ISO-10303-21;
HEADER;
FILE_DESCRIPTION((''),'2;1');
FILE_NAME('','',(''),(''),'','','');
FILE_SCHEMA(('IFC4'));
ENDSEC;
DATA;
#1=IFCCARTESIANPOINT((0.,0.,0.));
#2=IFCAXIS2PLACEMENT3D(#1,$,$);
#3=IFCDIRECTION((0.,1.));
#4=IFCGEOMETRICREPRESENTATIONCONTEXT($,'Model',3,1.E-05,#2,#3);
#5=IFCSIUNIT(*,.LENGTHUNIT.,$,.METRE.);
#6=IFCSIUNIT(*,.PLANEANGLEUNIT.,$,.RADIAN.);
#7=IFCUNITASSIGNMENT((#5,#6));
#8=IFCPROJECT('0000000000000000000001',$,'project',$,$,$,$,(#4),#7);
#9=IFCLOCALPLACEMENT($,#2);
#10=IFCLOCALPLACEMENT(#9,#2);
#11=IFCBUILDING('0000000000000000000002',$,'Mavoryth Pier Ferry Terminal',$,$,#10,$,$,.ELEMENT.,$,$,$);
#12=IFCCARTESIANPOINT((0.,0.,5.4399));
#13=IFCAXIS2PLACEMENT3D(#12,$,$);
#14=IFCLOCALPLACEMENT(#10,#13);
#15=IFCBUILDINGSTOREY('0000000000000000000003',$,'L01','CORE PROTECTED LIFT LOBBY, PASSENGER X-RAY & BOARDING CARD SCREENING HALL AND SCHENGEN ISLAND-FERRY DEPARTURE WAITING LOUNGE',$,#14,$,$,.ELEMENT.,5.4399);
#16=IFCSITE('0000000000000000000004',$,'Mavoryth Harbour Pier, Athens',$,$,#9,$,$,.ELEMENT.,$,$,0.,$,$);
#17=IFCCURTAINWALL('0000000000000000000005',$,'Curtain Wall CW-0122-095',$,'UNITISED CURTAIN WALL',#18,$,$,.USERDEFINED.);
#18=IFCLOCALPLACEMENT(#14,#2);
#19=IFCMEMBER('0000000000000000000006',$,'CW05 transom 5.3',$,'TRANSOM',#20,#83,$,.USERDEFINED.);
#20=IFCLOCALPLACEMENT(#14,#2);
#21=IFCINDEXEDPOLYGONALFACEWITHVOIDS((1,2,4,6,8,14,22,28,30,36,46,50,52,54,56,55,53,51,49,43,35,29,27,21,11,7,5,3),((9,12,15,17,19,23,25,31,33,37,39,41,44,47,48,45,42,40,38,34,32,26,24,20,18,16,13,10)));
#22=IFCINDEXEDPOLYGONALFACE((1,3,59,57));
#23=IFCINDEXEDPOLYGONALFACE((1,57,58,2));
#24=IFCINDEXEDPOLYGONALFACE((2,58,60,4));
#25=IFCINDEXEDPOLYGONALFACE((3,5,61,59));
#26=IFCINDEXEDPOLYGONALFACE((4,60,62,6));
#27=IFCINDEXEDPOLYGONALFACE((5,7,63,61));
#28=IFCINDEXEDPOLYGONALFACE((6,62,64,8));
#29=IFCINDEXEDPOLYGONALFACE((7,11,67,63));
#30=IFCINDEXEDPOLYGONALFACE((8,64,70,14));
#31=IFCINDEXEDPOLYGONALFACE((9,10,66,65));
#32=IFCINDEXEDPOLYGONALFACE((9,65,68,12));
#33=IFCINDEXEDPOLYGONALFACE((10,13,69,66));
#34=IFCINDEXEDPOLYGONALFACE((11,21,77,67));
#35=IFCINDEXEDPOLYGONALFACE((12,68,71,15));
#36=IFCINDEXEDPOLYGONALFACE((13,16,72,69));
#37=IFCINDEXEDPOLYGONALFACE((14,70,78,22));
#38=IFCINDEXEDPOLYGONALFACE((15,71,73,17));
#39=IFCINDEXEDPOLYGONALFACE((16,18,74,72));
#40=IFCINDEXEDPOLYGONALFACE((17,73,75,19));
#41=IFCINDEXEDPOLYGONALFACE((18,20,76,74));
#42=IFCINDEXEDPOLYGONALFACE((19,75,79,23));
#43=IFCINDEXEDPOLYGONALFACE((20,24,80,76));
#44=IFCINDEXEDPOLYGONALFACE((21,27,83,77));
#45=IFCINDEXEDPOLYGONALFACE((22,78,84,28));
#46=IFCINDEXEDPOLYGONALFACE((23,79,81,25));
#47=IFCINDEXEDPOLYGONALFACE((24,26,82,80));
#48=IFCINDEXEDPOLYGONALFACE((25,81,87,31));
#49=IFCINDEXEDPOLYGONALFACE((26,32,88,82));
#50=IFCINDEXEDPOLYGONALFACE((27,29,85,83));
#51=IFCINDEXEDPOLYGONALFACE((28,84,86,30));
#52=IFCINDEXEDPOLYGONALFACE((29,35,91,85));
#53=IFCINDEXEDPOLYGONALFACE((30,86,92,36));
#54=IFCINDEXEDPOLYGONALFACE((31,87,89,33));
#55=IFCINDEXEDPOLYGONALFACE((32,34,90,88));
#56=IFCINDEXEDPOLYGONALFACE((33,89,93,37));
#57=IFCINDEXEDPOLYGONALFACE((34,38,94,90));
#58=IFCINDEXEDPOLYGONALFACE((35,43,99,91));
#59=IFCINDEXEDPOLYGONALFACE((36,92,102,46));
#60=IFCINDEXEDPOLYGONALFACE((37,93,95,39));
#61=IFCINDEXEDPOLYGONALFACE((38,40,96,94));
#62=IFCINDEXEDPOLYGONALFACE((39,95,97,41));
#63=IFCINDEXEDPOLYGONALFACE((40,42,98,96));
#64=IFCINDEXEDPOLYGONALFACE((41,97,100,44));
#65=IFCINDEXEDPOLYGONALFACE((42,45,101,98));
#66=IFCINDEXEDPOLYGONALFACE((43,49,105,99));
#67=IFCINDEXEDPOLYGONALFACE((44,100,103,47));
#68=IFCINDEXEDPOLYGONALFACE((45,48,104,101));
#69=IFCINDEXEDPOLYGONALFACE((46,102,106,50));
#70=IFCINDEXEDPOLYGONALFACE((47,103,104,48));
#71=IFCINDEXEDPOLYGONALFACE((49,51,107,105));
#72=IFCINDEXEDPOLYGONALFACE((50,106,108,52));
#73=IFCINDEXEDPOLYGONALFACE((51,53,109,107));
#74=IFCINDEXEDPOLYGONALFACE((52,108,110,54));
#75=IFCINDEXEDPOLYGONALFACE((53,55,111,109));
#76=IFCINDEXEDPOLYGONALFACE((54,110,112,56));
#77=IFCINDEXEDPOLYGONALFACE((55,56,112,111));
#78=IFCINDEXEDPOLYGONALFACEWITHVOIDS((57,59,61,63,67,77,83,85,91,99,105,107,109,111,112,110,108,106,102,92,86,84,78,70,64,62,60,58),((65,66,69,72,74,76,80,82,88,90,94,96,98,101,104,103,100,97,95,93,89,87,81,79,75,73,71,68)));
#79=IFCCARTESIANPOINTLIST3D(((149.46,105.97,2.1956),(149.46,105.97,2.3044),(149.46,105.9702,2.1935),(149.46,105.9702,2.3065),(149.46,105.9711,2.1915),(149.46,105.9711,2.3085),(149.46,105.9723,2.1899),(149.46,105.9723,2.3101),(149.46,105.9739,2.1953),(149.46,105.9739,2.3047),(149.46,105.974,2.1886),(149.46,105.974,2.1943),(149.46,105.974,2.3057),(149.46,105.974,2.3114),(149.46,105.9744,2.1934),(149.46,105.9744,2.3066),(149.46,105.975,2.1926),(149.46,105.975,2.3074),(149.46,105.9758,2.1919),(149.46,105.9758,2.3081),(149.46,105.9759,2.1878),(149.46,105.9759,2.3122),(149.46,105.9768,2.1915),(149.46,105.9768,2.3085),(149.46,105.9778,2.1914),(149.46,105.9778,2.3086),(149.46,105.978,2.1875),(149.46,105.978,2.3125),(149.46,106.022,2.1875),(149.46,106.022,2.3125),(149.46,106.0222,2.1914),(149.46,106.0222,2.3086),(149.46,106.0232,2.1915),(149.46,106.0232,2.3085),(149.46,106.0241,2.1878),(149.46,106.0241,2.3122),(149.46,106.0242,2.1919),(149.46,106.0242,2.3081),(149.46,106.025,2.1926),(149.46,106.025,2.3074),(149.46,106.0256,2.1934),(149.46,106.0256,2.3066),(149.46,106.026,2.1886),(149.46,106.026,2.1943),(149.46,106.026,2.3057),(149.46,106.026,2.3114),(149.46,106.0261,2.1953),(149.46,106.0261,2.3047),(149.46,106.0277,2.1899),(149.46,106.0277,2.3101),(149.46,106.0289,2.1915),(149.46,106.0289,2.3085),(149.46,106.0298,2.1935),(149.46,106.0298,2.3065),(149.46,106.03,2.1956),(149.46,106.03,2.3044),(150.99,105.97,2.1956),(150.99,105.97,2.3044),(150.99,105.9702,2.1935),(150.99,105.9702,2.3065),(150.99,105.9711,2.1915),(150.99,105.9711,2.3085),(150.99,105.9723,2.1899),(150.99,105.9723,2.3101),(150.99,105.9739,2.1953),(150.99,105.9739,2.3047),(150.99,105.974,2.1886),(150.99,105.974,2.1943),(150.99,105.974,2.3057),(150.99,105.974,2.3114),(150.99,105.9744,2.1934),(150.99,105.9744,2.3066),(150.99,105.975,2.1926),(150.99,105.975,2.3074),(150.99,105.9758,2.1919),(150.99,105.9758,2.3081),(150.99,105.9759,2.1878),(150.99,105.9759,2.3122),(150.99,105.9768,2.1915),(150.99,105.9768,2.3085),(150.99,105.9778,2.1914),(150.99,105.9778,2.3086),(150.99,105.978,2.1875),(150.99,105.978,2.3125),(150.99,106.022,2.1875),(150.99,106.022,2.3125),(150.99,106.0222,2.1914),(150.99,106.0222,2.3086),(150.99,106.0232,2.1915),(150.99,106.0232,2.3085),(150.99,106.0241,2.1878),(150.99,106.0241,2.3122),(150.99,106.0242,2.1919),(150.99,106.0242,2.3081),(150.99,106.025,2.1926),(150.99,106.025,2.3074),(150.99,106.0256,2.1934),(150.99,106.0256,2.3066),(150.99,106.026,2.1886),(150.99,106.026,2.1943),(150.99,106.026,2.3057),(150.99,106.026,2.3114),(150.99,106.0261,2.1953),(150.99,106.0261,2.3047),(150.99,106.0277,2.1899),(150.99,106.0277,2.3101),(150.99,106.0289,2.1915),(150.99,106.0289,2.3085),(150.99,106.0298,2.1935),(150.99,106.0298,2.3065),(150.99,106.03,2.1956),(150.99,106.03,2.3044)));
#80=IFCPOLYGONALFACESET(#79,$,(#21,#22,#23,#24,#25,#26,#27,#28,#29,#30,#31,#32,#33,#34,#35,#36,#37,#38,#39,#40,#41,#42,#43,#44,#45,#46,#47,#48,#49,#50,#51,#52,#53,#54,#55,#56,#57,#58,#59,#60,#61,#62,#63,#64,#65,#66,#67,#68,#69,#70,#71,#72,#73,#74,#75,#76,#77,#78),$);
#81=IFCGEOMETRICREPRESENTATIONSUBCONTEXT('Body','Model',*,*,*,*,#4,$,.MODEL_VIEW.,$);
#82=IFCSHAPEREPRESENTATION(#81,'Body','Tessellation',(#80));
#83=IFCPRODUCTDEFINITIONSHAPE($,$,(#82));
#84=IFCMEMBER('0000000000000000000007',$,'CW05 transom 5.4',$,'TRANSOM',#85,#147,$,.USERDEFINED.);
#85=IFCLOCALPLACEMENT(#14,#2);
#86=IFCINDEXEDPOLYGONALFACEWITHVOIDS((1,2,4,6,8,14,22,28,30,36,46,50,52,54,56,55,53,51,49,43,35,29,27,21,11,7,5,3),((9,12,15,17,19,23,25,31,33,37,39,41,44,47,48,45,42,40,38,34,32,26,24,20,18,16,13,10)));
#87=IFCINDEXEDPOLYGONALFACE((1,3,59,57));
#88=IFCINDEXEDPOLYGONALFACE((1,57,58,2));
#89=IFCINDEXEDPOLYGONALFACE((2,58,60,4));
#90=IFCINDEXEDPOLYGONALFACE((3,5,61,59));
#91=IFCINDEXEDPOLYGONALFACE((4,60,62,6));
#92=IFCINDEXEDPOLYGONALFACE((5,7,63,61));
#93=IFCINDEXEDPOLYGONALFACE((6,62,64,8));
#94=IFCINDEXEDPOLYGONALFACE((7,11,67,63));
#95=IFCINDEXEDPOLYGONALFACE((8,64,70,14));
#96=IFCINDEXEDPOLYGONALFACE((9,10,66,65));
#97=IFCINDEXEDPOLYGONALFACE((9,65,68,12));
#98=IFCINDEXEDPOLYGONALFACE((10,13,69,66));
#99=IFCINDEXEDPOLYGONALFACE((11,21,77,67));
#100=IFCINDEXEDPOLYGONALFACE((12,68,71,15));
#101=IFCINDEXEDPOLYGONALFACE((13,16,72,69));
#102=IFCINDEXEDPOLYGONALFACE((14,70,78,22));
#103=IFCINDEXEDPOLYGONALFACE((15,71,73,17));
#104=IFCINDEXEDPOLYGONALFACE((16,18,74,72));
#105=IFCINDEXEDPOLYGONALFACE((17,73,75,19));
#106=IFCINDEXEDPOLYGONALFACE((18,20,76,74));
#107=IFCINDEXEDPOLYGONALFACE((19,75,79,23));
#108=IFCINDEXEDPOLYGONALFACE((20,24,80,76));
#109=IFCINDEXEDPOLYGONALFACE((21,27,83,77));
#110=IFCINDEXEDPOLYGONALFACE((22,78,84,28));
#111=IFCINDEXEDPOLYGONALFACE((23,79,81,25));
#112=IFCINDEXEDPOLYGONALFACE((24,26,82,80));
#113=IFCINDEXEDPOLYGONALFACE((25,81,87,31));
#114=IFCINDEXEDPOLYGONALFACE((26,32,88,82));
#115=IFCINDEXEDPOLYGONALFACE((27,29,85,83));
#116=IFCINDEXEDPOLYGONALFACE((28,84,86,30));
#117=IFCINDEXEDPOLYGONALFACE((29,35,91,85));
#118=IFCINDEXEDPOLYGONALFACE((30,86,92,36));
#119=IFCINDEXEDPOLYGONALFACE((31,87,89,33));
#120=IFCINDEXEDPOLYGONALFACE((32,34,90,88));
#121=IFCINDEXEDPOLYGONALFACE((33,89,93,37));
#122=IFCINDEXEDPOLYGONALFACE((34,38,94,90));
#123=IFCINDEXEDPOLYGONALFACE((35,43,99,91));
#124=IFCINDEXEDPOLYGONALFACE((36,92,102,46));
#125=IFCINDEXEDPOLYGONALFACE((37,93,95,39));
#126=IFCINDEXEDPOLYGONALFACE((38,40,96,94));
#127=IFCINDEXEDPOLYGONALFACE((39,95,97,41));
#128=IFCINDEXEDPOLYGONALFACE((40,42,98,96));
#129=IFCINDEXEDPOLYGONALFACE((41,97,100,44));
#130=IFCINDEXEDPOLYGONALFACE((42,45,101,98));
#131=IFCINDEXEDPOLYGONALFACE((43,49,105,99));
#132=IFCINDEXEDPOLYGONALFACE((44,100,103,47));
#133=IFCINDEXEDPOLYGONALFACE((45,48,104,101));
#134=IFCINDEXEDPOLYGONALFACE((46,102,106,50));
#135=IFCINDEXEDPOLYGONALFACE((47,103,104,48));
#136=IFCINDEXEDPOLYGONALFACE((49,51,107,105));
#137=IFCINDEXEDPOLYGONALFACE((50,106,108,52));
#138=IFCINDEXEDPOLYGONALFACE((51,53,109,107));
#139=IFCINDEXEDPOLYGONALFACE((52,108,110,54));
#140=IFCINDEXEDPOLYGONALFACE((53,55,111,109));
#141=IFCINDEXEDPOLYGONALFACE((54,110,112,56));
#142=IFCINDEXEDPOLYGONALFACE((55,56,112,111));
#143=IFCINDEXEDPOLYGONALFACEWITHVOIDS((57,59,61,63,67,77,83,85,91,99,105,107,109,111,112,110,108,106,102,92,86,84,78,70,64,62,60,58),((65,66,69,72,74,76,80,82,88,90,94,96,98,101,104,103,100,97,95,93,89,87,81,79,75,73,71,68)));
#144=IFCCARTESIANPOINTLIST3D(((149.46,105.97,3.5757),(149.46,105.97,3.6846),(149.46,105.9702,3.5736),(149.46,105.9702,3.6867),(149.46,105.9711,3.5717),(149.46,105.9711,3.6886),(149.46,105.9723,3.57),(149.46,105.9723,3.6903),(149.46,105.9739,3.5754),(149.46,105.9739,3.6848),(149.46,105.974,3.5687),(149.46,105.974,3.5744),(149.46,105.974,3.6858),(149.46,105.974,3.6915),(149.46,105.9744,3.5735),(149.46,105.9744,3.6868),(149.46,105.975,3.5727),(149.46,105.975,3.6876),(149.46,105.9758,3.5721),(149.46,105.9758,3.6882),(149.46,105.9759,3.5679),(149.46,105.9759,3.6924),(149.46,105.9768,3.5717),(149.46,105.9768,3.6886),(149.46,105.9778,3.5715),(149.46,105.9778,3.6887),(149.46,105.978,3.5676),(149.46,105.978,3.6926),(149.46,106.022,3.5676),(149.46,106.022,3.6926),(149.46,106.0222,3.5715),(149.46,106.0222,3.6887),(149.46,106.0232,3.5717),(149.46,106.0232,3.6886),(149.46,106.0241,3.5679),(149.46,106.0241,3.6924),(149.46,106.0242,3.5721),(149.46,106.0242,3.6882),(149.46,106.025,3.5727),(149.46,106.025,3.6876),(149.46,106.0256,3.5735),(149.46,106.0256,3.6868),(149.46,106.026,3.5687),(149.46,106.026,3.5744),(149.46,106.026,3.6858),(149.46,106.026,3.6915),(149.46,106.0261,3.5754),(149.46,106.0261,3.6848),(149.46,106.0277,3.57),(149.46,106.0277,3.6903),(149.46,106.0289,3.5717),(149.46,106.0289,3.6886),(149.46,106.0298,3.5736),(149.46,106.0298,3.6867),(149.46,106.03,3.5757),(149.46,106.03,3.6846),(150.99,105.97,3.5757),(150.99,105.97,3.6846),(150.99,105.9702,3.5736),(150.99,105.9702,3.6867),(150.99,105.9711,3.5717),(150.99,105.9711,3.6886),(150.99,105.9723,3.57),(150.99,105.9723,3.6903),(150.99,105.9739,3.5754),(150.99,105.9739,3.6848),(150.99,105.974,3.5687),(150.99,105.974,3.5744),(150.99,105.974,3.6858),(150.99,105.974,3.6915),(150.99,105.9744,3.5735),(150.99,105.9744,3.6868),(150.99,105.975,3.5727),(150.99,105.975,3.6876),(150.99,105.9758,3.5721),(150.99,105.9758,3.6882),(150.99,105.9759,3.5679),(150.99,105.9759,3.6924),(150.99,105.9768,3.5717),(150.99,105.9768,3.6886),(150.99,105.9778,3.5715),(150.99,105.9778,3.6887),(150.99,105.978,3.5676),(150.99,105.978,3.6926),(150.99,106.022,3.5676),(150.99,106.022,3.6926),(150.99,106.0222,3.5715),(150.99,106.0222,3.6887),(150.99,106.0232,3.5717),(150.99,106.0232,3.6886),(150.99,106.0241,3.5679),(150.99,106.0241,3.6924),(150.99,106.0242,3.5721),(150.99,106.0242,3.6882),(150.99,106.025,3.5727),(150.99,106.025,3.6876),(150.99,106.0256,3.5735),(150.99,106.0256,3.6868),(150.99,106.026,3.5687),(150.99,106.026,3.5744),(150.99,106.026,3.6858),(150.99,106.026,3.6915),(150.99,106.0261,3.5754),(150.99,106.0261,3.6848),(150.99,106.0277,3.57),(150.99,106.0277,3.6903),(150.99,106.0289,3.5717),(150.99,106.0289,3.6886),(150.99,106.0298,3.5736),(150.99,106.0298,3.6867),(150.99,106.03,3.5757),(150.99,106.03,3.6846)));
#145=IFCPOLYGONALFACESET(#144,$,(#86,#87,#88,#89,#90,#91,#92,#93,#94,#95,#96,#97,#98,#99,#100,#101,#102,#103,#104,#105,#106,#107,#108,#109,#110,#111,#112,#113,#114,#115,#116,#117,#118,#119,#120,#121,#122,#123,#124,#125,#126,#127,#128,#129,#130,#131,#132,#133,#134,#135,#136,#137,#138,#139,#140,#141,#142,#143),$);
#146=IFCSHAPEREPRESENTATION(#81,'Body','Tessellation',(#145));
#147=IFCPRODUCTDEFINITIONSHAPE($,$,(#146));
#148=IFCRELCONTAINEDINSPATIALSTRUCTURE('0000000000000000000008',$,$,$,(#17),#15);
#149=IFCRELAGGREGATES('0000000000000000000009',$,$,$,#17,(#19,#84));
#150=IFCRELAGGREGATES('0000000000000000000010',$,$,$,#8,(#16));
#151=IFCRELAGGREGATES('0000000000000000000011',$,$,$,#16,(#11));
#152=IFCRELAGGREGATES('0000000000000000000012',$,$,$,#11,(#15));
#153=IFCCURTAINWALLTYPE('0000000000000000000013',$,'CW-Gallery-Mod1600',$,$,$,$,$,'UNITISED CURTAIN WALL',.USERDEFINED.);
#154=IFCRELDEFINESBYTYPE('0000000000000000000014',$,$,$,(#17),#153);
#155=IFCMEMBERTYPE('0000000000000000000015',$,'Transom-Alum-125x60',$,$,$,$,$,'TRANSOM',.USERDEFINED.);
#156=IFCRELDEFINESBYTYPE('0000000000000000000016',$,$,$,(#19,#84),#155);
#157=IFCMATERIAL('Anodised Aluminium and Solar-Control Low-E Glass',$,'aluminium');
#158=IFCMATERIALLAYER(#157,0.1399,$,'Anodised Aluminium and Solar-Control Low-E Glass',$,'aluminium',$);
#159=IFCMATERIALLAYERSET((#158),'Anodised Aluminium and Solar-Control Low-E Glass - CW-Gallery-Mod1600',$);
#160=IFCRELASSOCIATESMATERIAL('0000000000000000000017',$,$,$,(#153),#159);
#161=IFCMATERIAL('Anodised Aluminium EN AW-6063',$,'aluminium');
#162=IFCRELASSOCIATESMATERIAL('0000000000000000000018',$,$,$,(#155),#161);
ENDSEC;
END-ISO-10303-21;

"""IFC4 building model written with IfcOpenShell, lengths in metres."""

from ifc_helpers import new_model, si_unit, direction, frame, origin, origin_2d, place, context, subcontext, project, spatial, hollow_rectangle, extrude, material, layer, layer_set, material_profile, profile_set, type_object, element, aggregate, save


model = new_model("IFC4")

# Units and contexts
model_context = context("Model", 3, precision=1e-05, world=origin(), true_north=direction((0.0, 1.0)))
body_context = subcontext(model_context, "Body", "Model", "MODEL_VIEW")
ifc_project = project(units=[si_unit("LENGTHUNIT", "METRE"), si_unit("PLANEANGLEUNIT", "RADIAN")], contexts=[model_context])

# Site, building, storey
site_placement = place(None, origin())
site = spatial("IfcSite", under=ifc_project, at=site_placement, Name="Mavoryth Harbour Pier, Athens", CompositionType="ELEMENT", RefElevation=0.0)
building_placement = place(site_placement, origin())
building = spatial("IfcBuilding", under=site, at=building_placement, Name="Mavoryth Pier Ferry Terminal", CompositionType="ELEMENT")
storey_placement = place(building_placement, frame((0.0, 0.0, 5.4399)))
storey = spatial("IfcBuildingStorey", under=building, at=storey_placement, Name="L01", Description="CORE PROTECTED LIFT LOBBY, PASSENGER X-RAY & BOARDING CARD SCREENING HALL AND SCHENGEN ISLAND-FERRY DEPARTURE WAITING LOUNGE", CompositionType="ELEMENT", Elevation=5.4399)

# Curtain wall
ifc_material_1 = material(Name="Anodised Aluminium and Solar-Control Low-E Glass", Category="aluminium")
ifc_layer_1 = layer(ifc_material_1, 0.1399, Name="Anodised Aluminium and Solar-Control Low-E Glass", Category="aluminium")
ifc_layer_set_1 = layer_set([ifc_layer_1], Name="Anodised Aluminium and Solar-Control Low-E Glass - CW-Gallery-Mod1600")
curtain_wall_type = type_object("IfcCurtainWallType", Name="CW-Gallery-Mod1600", ElementType="UNITISED CURTAIN WALL", PredefinedType="USERDEFINED", material=ifc_layer_set_1)
curtain_wall_1_placement = place(storey_placement, origin())
curtain_wall_1 = element("IfcCurtainWall", 1, at=curtain_wall_1_placement, inside=storey, type_object=curtain_wall_type, Name="Curtain Wall CW-0122-095", ObjectType="UNITISED CURTAIN WALL", PredefinedType="USERDEFINED")
ifc_material_2 = material(Name="Anodised Aluminium EN AW-6063", Category="aluminium")

# Members
ifc_material_profile_1 = material_profile(ifc_material_2, hollow_rectangle(XDim=0.0601, YDim=0.125, WallThickness=0.0039, InnerFilletRadius=0.0039, OuterFilletRadius=0.0081, at=origin_2d()), Name="AL-TRAN 125x60x4", Category="aluminium")
ifc_profile_set_1 = profile_set([ifc_material_profile_1], Name="Anodised Aluminium EN AW-6063 - AL-TRAN 125x60x4")
member_type_1 = type_object("IfcMemberType", Name="Transom-Alum-125x60", ElementType="TRANSOM", PredefinedType="USERDEFINED", material=ifc_profile_set_1)
member_1_placement = place(storey_placement, frame((149.46, 106.0, 2.25), z_axis=(1.0, 0.0, 0.0), x_axis=(0.0, 1.0, 0.0)))
member_1 = element("IfcMember", 2, at=member_1_placement, type_object=member_type_1, Name="CW05 transom 5.3", ObjectType="TRANSOM", PredefinedType="USERDEFINED", context=body_context, shape_type="SweptSolid", body=[
    extrude(hollow_rectangle(XDim=0.0601, YDim=0.125, WallThickness=0.0039, InnerFilletRadius=0.0039, OuterFilletRadius=0.0081, at=origin_2d()), origin(), (0.0, 0.0, 1.0), 1.53),
])
member_2_placement = place(storey_placement, frame((149.46, 106.0, 3.6301), z_axis=(1.0, 0.0, 0.0), x_axis=(0.0, 1.0, 0.0)))
member_2 = element("IfcMember", 3, at=member_2_placement, type_object=member_type_1, Name="CW05 transom 5.4", ObjectType="TRANSOM", PredefinedType="USERDEFINED", context=body_context, shape_type="SweptSolid", body=[
    extrude(hollow_rectangle(XDim=0.0601, YDim=0.125, WallThickness=0.0039, InnerFilletRadius=0.0039, OuterFilletRadius=0.0081, at=origin_2d()), origin(), (0.0, 0.0, 1.0), 1.53),
])

aggregate(curtain_wall_1, [member_1, member_2])

save(model, "model.ifc")
